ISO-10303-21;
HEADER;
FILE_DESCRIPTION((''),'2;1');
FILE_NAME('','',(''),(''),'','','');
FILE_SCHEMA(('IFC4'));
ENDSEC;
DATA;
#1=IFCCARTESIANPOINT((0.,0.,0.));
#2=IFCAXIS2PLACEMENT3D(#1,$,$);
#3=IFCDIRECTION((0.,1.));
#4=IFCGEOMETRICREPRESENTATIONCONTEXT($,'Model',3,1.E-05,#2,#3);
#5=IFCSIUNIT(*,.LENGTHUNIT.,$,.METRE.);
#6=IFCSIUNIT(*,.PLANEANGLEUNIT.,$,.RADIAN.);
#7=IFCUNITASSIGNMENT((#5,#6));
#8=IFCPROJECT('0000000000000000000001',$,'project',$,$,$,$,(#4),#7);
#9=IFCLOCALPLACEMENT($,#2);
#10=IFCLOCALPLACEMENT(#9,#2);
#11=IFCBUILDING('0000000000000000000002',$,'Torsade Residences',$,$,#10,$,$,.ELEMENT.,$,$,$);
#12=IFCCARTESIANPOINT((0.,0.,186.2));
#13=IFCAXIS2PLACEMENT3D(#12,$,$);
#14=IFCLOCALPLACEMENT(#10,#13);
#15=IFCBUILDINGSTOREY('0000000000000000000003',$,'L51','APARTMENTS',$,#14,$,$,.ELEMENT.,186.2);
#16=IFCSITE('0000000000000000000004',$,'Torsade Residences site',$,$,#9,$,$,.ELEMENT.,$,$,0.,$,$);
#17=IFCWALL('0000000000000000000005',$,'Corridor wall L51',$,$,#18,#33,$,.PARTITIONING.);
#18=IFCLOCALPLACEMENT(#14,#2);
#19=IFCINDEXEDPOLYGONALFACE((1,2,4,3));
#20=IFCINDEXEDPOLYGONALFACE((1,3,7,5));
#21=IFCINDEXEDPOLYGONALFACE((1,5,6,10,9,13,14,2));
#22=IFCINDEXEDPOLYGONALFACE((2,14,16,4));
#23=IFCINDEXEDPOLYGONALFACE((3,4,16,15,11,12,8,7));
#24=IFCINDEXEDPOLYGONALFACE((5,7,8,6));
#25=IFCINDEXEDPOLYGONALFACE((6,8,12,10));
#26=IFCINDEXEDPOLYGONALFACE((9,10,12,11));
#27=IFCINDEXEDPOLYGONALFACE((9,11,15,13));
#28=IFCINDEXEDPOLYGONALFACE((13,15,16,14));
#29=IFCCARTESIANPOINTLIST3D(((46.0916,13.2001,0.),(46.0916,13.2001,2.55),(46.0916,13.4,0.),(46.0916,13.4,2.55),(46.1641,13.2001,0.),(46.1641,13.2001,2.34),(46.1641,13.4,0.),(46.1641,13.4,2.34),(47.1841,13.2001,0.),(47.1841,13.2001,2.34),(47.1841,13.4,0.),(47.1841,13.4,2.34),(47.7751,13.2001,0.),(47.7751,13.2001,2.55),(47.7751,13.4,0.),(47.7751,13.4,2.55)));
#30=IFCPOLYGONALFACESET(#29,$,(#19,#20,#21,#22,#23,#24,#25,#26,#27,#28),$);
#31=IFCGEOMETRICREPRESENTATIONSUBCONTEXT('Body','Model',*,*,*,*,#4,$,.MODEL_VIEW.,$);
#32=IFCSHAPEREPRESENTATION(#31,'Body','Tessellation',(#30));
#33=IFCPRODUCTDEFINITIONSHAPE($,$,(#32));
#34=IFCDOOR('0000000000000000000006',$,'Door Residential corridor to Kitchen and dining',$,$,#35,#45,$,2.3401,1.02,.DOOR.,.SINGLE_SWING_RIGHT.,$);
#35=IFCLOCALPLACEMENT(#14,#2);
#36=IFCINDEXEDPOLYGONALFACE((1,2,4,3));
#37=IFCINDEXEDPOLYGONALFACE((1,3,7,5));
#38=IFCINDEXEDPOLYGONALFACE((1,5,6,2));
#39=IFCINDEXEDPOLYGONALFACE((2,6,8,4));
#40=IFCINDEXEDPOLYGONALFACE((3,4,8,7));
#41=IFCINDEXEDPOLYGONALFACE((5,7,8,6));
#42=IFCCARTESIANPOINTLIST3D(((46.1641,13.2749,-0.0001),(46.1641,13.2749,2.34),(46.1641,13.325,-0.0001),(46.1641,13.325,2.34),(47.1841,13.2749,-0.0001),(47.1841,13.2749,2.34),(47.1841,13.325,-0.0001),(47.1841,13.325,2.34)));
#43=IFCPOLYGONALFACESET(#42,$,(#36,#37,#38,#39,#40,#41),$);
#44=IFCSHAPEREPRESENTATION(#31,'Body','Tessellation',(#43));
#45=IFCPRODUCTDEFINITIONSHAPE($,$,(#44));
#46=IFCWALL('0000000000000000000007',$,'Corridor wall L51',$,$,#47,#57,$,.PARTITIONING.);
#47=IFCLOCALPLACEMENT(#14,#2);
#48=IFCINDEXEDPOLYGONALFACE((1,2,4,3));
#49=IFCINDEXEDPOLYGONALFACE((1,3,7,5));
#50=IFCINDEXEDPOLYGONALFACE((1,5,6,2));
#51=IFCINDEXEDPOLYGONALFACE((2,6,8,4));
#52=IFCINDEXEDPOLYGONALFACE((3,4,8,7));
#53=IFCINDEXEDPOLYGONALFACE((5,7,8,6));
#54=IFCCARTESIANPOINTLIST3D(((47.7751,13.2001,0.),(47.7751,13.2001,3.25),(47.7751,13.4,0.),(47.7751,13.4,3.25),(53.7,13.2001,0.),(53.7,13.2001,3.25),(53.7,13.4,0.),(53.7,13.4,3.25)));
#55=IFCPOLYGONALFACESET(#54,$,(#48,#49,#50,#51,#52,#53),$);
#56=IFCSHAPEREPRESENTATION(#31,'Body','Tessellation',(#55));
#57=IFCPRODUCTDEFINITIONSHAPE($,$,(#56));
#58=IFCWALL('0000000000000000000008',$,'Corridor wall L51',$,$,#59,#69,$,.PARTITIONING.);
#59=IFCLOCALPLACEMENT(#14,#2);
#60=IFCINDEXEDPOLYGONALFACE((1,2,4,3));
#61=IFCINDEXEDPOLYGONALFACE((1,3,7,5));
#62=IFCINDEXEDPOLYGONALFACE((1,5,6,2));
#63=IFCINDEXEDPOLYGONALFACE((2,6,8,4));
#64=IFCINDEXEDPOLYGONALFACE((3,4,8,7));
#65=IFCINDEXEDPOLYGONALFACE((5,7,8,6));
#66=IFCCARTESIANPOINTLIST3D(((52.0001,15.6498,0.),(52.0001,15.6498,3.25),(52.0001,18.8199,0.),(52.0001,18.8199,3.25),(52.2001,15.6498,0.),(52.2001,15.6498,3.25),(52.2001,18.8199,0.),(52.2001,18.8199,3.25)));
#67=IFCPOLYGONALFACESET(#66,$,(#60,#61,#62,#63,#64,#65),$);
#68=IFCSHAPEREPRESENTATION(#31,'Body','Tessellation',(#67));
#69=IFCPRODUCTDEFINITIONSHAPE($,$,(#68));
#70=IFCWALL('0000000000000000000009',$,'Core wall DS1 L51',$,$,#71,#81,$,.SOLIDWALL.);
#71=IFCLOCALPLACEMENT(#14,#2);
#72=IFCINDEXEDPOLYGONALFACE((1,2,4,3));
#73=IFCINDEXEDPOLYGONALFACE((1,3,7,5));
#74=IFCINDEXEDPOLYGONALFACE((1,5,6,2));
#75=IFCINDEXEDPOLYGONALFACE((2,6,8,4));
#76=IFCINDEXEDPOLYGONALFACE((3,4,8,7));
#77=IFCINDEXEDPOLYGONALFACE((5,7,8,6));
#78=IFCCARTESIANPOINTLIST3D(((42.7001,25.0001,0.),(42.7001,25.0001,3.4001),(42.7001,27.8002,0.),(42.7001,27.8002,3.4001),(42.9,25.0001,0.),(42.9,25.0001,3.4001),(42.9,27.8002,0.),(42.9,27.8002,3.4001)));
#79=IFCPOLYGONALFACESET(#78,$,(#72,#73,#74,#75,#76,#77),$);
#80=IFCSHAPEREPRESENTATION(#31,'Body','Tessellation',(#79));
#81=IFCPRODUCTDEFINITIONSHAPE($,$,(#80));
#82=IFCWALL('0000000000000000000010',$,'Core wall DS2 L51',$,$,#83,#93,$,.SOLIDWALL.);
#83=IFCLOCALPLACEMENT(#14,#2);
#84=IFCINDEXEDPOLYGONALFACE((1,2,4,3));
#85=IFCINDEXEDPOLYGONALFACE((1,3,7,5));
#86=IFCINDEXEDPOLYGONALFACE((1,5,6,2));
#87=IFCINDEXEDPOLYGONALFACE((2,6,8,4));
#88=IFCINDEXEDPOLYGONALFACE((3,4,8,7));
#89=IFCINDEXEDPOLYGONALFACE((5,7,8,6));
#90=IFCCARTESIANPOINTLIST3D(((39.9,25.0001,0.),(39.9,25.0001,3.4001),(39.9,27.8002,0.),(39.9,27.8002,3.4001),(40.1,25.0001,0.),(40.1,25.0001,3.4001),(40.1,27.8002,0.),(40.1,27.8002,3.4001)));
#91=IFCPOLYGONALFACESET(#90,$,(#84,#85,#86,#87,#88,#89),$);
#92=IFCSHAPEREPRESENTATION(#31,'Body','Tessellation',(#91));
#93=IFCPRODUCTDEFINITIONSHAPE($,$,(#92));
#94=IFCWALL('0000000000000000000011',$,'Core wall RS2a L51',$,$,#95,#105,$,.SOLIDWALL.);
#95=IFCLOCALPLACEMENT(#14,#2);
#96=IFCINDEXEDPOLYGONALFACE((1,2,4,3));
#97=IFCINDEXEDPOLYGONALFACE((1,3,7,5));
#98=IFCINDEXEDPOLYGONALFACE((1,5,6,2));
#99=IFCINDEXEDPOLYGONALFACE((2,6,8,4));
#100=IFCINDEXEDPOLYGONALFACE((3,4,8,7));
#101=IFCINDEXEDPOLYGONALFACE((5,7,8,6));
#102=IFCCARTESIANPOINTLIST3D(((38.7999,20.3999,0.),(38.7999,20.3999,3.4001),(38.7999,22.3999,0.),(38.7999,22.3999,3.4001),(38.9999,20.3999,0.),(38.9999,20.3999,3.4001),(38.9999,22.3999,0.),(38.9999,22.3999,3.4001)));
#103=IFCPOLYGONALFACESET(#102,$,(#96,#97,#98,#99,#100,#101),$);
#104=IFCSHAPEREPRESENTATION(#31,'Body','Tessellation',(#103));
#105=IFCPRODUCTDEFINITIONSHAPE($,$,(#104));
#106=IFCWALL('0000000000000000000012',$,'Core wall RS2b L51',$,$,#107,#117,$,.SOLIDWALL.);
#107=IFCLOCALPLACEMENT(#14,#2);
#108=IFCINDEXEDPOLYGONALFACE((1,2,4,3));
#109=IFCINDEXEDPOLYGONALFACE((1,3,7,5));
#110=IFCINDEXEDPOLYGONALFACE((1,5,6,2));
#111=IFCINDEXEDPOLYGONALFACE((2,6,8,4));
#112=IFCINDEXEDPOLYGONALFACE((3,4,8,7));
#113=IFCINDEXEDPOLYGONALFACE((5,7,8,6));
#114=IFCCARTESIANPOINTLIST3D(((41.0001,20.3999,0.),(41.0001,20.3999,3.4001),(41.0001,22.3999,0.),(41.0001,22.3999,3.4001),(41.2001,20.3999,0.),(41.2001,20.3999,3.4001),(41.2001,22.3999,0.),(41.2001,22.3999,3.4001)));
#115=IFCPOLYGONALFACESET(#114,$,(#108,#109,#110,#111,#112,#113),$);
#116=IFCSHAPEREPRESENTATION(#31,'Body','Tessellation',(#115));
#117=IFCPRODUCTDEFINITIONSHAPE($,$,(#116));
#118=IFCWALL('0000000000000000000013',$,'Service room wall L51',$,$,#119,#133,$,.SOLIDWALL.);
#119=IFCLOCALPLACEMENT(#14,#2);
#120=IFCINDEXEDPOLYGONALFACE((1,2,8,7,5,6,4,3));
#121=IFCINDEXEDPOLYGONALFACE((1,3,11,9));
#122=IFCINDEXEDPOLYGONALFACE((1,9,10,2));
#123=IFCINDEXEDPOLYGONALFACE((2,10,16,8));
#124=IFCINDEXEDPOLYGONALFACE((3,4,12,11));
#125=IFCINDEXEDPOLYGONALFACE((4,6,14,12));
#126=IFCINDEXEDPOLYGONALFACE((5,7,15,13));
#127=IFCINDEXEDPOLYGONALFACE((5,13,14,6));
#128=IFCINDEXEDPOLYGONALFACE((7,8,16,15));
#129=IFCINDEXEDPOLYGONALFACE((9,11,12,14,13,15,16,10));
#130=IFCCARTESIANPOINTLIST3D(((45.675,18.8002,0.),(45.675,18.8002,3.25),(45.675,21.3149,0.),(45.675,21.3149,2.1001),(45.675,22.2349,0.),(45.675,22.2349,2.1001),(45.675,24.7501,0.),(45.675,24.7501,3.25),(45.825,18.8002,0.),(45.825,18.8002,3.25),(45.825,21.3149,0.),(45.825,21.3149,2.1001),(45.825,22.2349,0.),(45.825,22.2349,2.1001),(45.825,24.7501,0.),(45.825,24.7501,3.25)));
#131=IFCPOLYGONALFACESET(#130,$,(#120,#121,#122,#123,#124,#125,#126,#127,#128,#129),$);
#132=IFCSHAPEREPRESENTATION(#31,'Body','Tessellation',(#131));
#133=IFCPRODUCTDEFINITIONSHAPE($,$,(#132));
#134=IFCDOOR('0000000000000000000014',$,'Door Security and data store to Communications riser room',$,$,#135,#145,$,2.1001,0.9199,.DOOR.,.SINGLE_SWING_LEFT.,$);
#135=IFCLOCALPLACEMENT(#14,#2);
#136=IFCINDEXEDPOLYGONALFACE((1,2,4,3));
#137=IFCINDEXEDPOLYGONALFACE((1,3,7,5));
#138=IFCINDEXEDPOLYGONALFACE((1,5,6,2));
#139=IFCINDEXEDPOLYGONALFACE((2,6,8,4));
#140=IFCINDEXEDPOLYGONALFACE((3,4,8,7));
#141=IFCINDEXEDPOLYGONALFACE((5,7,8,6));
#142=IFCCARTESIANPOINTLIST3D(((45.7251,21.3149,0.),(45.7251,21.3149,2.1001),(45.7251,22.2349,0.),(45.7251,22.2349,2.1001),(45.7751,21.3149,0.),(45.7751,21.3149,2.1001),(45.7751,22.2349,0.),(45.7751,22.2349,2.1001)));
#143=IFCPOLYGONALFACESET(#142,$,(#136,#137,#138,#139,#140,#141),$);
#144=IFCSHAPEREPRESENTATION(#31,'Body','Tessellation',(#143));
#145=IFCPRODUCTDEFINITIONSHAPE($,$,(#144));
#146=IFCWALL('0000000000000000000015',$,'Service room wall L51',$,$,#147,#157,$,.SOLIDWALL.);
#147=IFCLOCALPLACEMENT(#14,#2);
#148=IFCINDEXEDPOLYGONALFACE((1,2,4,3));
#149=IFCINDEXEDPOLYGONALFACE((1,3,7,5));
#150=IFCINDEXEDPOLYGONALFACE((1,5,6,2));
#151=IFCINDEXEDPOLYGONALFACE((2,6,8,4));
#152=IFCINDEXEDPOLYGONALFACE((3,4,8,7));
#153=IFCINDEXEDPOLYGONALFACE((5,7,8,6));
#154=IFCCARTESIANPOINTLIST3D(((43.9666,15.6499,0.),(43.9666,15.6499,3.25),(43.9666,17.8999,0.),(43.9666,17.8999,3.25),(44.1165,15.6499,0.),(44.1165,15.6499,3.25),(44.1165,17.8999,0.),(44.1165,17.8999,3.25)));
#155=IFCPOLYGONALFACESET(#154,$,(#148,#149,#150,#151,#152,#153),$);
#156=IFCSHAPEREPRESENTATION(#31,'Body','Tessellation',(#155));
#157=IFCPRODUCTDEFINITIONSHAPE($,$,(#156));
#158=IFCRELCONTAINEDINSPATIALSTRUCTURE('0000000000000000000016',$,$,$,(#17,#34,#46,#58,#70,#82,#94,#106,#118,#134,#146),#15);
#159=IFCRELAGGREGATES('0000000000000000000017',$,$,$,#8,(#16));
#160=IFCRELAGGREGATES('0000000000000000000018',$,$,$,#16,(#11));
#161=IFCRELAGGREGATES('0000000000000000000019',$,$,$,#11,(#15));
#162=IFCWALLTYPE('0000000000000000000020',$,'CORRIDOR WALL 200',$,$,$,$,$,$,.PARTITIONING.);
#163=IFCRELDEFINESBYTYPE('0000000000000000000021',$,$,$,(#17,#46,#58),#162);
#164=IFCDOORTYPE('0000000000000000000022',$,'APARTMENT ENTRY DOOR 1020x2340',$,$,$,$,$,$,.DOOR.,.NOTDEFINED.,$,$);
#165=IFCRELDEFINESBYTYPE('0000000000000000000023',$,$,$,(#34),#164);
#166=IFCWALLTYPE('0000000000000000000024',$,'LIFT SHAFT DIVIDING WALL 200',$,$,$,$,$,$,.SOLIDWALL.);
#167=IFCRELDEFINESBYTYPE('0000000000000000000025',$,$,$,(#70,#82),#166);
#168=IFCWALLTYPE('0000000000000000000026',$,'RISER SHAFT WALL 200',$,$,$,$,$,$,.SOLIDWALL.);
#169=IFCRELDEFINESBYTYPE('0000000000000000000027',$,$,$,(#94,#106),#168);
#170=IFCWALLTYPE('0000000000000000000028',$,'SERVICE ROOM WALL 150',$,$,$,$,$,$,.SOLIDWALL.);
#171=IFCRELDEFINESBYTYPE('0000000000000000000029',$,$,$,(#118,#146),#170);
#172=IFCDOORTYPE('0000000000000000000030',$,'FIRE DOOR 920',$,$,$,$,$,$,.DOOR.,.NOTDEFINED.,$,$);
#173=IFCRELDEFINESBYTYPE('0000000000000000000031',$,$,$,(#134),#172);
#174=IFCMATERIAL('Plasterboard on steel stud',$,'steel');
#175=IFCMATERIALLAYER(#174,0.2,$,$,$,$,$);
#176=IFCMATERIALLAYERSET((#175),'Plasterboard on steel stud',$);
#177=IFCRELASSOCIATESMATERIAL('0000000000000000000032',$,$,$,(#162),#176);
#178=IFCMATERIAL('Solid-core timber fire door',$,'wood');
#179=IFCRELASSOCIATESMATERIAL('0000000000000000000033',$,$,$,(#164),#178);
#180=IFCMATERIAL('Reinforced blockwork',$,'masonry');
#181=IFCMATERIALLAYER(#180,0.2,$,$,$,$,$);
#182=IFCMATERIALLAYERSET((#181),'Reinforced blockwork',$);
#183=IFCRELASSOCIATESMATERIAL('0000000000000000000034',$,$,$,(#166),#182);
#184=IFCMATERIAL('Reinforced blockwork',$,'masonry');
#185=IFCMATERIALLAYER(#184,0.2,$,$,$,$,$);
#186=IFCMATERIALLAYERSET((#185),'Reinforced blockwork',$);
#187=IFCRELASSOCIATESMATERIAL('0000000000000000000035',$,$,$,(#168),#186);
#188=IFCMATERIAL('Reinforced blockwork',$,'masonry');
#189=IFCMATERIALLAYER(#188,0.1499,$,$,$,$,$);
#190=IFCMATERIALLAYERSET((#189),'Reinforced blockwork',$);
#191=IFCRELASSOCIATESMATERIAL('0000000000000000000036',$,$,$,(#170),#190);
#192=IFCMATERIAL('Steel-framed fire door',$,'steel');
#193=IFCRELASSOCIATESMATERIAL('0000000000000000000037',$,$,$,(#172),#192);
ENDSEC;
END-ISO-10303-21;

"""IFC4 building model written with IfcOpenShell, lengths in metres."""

from ifc_helpers import new_model, si_unit, direction, frame, frame_2d, origin, place, context, subcontext, project, spatial, rectangle, extrude, material, layer, layer_set, type_object, element, fill, save


model = new_model("IFC4")

# Units and contexts
model_context = context("Model", 3, precision=1e-05, world=origin(), true_north=direction((0.0, 1.0)))
body_context = subcontext(model_context, "Body", "Model", "MODEL_VIEW")
ifc_project = project(units=[si_unit("LENGTHUNIT", "METRE"), si_unit("PLANEANGLEUNIT", "RADIAN")], contexts=[model_context])

# Site, building, storey
site_placement = place(None, origin())
site = spatial("IfcSite", under=ifc_project, at=site_placement, Name="Torsade Residences site", CompositionType="ELEMENT", RefElevation=0.0)
building_placement = place(site_placement, origin())
building = spatial("IfcBuilding", under=site, at=building_placement, Name="Torsade Residences", CompositionType="ELEMENT")
storey_placement = place(building_placement, frame((0.0, 0.0, 186.2)))
storey = spatial("IfcBuildingStorey", under=building, at=storey_placement, Name="L51", Description="APARTMENTS", CompositionType="ELEMENT", Elevation=186.2)

# Wall, opening, door
ifc_material_1 = material(Name="Plasterboard on steel stud", Category="steel")
ifc_layer_1 = layer(ifc_material_1, 0.2)
ifc_layer_set_1 = layer_set([ifc_layer_1], Name="Plasterboard on steel stud")
wall_type_1 = type_object("IfcWallType", Name="CORRIDOR WALL 200", PredefinedType="PARTITIONING", material=ifc_layer_set_1)
wall_1_placement = place(storey_placement, frame((46.0916, 13.3, 0.0), z_axis=(0.0, 0.0, 1.0), x_axis=(1.0, 0.0, 0.0)))
wall_1 = element("IfcWall", 1, at=wall_1_placement, inside=storey, type_object=wall_type_1, Name="Corridor wall L51", PredefinedType="PARTITIONING", context=body_context, shape_type="SweptSolid", body=[
    extrude(rectangle(XDim=1.6836, YDim=0.2, at=frame_2d((0.8418, 0.0))), origin(), (0.0, 0.0, 1.0), 2.55),
])
opening_1_placement = place(wall_1_placement, frame((0.0725, 0.0, 0.0)))
opening_1 = element("IfcOpeningElement", 2, at=opening_1_placement, cuts=wall_1, PredefinedType="OPENING", context=body_context, shape_type="SweptSolid", body=[
    extrude(rectangle(XDim=1.02, YDim=2.3401, at=frame_2d((0.51, 1.1699))), frame((0.0, 0.1099, 0.0), z_axis=(0.0, -1.0, 0.0), x_axis=(1.0, 0.0, 0.0)), (0.0, 0.0, 1.0), 0.22),
])
ifc_material_2 = material(Name="Solid-core timber fire door", Category="wood")
door_type_1 = type_object("IfcDoorType", Name="APARTMENT ENTRY DOOR 1020x2340", OperationType="NOTDEFINED", PredefinedType="DOOR", material=ifc_material_2)
door_1_placement = place(opening_1_placement, origin())
door_1 = element("IfcDoor", 3, at=door_1_placement, inside=storey, type_object=door_type_1, Name="Door Residential corridor to Kitchen and dining", OperationType="SINGLE_SWING_RIGHT", OverallHeight=2.3401, OverallWidth=1.02, PredefinedType="DOOR", context=body_context, shape_type="SweptSolid", body=[
    extrude(rectangle(XDim=1.02, YDim=2.3401, at=frame_2d((0.51, 1.1699))), frame((0.0, 0.0249, 0.0), z_axis=(0.0, -1.0, 0.0), x_axis=(1.0, 0.0, 0.0)), (0.0, 0.0, 1.0), 0.05),
])
fill(opening_1, door_1)

# Walls
wall_2_placement = place(storey_placement, frame((47.7751, 13.3, 0.0), z_axis=(0.0, 0.0, 1.0), x_axis=(1.0, 0.0, 0.0)))
element("IfcWall", 4, at=wall_2_placement, inside=storey, type_object=wall_type_1, Name="Corridor wall L51", PredefinedType="PARTITIONING", context=body_context, shape_type="SweptSolid", body=[
    extrude(rectangle(XDim=5.9248, YDim=0.2, at=frame_2d((2.9624, 0.0))), origin(), (0.0, 0.0, 1.0), 3.25),
])
wall_3_placement = place(storey_placement, frame((52.1001, 15.6499, 0.0), z_axis=(0.0, 0.0, 1.0), x_axis=(0.0, 1.0, 0.0)))
element("IfcWall", 5, at=wall_3_placement, inside=storey, type_object=wall_type_1, Name="Corridor wall L51", PredefinedType="PARTITIONING", context=body_context, shape_type="SweptSolid", body=[
    extrude(rectangle(XDim=3.1702, YDim=0.2, at=frame_2d((1.585, 0.0))), origin(), (0.0, 0.0, 1.0), 3.25),
])
ifc_material_3 = material(Name="Reinforced blockwork", Category="masonry")
ifc_layer_2 = layer(ifc_material_3, 0.2)
ifc_layer_set_2 = layer_set([ifc_layer_2], Name="Reinforced blockwork")
wall_type_2 = type_object("IfcWallType", Name="LIFT SHAFT DIVIDING WALL 200", PredefinedType="SOLIDWALL", material=ifc_layer_set_2)
for number, where, z_axis, x_axis, name in (
    (6, (42.8, 27.8, 0.0), (0.0, 0.0, 1.0), (0.0, -1.0, 0.0), "Core wall DS1 L51"),
    (7, (40.0, 27.8, 0.0), (0.0, 0.0, 1.0), (0.0, -1.0, 0.0), "Core wall DS2 L51"),
):
    element("IfcWall", number, at=place(storey_placement, frame(where, z_axis=z_axis, x_axis=x_axis)), inside=storey, type_object=wall_type_2, Name=name, PredefinedType="SOLIDWALL", context=body_context, shape_type="SweptSolid", body=[
        extrude(rectangle(XDim=2.8, YDim=0.2, at=frame_2d((1.3999, 0.0))), origin(), (0.0, 0.0, 1.0), 3.4001),
    ])
ifc_material_4 = material(Name="Reinforced blockwork", Category="masonry")
ifc_layer_3 = layer(ifc_material_4, 0.2)
ifc_layer_set_3 = layer_set([ifc_layer_3], Name="Reinforced blockwork")
wall_type_3 = type_object("IfcWallType", Name="RISER SHAFT WALL 200", PredefinedType="SOLIDWALL", material=ifc_layer_set_3)
for number, where, z_axis, x_axis, name in (
    (8, (38.8999, 22.3999, 0.0), (0.0, 0.0, 1.0), (0.0, -1.0, 0.0), "Core wall RS2a L51"),
    (9, (41.1001, 22.3999, 0.0), (0.0, 0.0, 1.0), (0.0, -1.0, 0.0), "Core wall RS2b L51"),
):
    element("IfcWall", number, at=place(storey_placement, frame(where, z_axis=z_axis, x_axis=x_axis)), inside=storey, type_object=wall_type_3, Name=name, PredefinedType="SOLIDWALL", context=body_context, shape_type="SweptSolid", body=[
        extrude(rectangle(XDim=2.0, YDim=0.2, at=frame_2d((1.0, 0.0))), origin(), (0.0, 0.0, 1.0), 3.4001),
    ])

# Wall, opening, door
ifc_material_5 = material(Name="Reinforced blockwork", Category="masonry")
ifc_layer_4 = layer(ifc_material_5, 0.1499)
ifc_layer_set_4 = layer_set([ifc_layer_4], Name="Reinforced blockwork")
wall_type_4 = type_object("IfcWallType", Name="SERVICE ROOM WALL 150", PredefinedType="SOLIDWALL", material=ifc_layer_set_4)
wall_4_placement = place(storey_placement, frame((45.75, 18.8, 0.0), z_axis=(0.0, 0.0, 1.0), x_axis=(0.0, 1.0, 0.0)))
wall_4 = element("IfcWall", 10, at=wall_4_placement, inside=storey, type_object=wall_type_4, Name="Service room wall L51", PredefinedType="SOLIDWALL", context=body_context, shape_type="SweptSolid", body=[
    extrude(rectangle(XDim=5.95, YDim=0.1499, at=frame_2d((2.9751, 0.0))), origin(), (0.0, 0.0, 1.0), 3.25),
])
opening_2_placement = place(wall_4_placement, frame((2.5149, 0.0, 0.0)))
opening_2 = element("IfcOpeningElement", 11, at=opening_2_placement, cuts=wall_4, PredefinedType="OPENING", context=body_context, shape_type="SweptSolid", body=[
    extrude(rectangle(XDim=0.9199, YDim=2.1001, at=frame_2d((0.46, 1.05))), frame((0.0, 0.085, 0.0), z_axis=(0.0, -1.0, 0.0), x_axis=(1.0, 0.0, 0.0)), (0.0, 0.0, 1.0), 0.1699),
])
ifc_material_6 = material(Name="Steel-framed fire door", Category="steel")
door_type_2 = type_object("IfcDoorType", Name="FIRE DOOR 920", OperationType="NOTDEFINED", PredefinedType="DOOR", material=ifc_material_6)
door_2_placement = place(opening_2_placement, origin())
door_2 = element("IfcDoor", 12, at=door_2_placement, inside=storey, type_object=door_type_2, Name="Door Security and data store to Communications riser room", OperationType="SINGLE_SWING_LEFT", OverallHeight=2.1001, OverallWidth=0.9199, PredefinedType="DOOR", context=body_context, shape_type="SweptSolid", body=[
    extrude(rectangle(XDim=0.9199, YDim=2.1001, at=frame_2d((0.46, 1.05))), frame((0.0, 0.0249, 0.0), z_axis=(0.0, -1.0, 0.0), x_axis=(1.0, 0.0, 0.0)), (0.0, 0.0, 1.0), 0.05),
])
fill(opening_2, door_2)

# Wall
wall_5_placement = place(storey_placement, frame((44.0415, 15.6499, 0.0), z_axis=(0.0, 0.0, 1.0), x_axis=(0.0, 1.0, 0.0)))
element("IfcWall", 13, at=wall_5_placement, inside=storey, type_object=wall_type_4, Name="Service room wall L51", PredefinedType="SOLIDWALL", context=body_context, shape_type="SweptSolid", body=[
    extrude(rectangle(XDim=2.25, YDim=0.1499, at=frame_2d((1.125, 0.0))), origin(), (0.0, 0.0, 1.0), 3.25),
])

save(model, "model.ifc")
